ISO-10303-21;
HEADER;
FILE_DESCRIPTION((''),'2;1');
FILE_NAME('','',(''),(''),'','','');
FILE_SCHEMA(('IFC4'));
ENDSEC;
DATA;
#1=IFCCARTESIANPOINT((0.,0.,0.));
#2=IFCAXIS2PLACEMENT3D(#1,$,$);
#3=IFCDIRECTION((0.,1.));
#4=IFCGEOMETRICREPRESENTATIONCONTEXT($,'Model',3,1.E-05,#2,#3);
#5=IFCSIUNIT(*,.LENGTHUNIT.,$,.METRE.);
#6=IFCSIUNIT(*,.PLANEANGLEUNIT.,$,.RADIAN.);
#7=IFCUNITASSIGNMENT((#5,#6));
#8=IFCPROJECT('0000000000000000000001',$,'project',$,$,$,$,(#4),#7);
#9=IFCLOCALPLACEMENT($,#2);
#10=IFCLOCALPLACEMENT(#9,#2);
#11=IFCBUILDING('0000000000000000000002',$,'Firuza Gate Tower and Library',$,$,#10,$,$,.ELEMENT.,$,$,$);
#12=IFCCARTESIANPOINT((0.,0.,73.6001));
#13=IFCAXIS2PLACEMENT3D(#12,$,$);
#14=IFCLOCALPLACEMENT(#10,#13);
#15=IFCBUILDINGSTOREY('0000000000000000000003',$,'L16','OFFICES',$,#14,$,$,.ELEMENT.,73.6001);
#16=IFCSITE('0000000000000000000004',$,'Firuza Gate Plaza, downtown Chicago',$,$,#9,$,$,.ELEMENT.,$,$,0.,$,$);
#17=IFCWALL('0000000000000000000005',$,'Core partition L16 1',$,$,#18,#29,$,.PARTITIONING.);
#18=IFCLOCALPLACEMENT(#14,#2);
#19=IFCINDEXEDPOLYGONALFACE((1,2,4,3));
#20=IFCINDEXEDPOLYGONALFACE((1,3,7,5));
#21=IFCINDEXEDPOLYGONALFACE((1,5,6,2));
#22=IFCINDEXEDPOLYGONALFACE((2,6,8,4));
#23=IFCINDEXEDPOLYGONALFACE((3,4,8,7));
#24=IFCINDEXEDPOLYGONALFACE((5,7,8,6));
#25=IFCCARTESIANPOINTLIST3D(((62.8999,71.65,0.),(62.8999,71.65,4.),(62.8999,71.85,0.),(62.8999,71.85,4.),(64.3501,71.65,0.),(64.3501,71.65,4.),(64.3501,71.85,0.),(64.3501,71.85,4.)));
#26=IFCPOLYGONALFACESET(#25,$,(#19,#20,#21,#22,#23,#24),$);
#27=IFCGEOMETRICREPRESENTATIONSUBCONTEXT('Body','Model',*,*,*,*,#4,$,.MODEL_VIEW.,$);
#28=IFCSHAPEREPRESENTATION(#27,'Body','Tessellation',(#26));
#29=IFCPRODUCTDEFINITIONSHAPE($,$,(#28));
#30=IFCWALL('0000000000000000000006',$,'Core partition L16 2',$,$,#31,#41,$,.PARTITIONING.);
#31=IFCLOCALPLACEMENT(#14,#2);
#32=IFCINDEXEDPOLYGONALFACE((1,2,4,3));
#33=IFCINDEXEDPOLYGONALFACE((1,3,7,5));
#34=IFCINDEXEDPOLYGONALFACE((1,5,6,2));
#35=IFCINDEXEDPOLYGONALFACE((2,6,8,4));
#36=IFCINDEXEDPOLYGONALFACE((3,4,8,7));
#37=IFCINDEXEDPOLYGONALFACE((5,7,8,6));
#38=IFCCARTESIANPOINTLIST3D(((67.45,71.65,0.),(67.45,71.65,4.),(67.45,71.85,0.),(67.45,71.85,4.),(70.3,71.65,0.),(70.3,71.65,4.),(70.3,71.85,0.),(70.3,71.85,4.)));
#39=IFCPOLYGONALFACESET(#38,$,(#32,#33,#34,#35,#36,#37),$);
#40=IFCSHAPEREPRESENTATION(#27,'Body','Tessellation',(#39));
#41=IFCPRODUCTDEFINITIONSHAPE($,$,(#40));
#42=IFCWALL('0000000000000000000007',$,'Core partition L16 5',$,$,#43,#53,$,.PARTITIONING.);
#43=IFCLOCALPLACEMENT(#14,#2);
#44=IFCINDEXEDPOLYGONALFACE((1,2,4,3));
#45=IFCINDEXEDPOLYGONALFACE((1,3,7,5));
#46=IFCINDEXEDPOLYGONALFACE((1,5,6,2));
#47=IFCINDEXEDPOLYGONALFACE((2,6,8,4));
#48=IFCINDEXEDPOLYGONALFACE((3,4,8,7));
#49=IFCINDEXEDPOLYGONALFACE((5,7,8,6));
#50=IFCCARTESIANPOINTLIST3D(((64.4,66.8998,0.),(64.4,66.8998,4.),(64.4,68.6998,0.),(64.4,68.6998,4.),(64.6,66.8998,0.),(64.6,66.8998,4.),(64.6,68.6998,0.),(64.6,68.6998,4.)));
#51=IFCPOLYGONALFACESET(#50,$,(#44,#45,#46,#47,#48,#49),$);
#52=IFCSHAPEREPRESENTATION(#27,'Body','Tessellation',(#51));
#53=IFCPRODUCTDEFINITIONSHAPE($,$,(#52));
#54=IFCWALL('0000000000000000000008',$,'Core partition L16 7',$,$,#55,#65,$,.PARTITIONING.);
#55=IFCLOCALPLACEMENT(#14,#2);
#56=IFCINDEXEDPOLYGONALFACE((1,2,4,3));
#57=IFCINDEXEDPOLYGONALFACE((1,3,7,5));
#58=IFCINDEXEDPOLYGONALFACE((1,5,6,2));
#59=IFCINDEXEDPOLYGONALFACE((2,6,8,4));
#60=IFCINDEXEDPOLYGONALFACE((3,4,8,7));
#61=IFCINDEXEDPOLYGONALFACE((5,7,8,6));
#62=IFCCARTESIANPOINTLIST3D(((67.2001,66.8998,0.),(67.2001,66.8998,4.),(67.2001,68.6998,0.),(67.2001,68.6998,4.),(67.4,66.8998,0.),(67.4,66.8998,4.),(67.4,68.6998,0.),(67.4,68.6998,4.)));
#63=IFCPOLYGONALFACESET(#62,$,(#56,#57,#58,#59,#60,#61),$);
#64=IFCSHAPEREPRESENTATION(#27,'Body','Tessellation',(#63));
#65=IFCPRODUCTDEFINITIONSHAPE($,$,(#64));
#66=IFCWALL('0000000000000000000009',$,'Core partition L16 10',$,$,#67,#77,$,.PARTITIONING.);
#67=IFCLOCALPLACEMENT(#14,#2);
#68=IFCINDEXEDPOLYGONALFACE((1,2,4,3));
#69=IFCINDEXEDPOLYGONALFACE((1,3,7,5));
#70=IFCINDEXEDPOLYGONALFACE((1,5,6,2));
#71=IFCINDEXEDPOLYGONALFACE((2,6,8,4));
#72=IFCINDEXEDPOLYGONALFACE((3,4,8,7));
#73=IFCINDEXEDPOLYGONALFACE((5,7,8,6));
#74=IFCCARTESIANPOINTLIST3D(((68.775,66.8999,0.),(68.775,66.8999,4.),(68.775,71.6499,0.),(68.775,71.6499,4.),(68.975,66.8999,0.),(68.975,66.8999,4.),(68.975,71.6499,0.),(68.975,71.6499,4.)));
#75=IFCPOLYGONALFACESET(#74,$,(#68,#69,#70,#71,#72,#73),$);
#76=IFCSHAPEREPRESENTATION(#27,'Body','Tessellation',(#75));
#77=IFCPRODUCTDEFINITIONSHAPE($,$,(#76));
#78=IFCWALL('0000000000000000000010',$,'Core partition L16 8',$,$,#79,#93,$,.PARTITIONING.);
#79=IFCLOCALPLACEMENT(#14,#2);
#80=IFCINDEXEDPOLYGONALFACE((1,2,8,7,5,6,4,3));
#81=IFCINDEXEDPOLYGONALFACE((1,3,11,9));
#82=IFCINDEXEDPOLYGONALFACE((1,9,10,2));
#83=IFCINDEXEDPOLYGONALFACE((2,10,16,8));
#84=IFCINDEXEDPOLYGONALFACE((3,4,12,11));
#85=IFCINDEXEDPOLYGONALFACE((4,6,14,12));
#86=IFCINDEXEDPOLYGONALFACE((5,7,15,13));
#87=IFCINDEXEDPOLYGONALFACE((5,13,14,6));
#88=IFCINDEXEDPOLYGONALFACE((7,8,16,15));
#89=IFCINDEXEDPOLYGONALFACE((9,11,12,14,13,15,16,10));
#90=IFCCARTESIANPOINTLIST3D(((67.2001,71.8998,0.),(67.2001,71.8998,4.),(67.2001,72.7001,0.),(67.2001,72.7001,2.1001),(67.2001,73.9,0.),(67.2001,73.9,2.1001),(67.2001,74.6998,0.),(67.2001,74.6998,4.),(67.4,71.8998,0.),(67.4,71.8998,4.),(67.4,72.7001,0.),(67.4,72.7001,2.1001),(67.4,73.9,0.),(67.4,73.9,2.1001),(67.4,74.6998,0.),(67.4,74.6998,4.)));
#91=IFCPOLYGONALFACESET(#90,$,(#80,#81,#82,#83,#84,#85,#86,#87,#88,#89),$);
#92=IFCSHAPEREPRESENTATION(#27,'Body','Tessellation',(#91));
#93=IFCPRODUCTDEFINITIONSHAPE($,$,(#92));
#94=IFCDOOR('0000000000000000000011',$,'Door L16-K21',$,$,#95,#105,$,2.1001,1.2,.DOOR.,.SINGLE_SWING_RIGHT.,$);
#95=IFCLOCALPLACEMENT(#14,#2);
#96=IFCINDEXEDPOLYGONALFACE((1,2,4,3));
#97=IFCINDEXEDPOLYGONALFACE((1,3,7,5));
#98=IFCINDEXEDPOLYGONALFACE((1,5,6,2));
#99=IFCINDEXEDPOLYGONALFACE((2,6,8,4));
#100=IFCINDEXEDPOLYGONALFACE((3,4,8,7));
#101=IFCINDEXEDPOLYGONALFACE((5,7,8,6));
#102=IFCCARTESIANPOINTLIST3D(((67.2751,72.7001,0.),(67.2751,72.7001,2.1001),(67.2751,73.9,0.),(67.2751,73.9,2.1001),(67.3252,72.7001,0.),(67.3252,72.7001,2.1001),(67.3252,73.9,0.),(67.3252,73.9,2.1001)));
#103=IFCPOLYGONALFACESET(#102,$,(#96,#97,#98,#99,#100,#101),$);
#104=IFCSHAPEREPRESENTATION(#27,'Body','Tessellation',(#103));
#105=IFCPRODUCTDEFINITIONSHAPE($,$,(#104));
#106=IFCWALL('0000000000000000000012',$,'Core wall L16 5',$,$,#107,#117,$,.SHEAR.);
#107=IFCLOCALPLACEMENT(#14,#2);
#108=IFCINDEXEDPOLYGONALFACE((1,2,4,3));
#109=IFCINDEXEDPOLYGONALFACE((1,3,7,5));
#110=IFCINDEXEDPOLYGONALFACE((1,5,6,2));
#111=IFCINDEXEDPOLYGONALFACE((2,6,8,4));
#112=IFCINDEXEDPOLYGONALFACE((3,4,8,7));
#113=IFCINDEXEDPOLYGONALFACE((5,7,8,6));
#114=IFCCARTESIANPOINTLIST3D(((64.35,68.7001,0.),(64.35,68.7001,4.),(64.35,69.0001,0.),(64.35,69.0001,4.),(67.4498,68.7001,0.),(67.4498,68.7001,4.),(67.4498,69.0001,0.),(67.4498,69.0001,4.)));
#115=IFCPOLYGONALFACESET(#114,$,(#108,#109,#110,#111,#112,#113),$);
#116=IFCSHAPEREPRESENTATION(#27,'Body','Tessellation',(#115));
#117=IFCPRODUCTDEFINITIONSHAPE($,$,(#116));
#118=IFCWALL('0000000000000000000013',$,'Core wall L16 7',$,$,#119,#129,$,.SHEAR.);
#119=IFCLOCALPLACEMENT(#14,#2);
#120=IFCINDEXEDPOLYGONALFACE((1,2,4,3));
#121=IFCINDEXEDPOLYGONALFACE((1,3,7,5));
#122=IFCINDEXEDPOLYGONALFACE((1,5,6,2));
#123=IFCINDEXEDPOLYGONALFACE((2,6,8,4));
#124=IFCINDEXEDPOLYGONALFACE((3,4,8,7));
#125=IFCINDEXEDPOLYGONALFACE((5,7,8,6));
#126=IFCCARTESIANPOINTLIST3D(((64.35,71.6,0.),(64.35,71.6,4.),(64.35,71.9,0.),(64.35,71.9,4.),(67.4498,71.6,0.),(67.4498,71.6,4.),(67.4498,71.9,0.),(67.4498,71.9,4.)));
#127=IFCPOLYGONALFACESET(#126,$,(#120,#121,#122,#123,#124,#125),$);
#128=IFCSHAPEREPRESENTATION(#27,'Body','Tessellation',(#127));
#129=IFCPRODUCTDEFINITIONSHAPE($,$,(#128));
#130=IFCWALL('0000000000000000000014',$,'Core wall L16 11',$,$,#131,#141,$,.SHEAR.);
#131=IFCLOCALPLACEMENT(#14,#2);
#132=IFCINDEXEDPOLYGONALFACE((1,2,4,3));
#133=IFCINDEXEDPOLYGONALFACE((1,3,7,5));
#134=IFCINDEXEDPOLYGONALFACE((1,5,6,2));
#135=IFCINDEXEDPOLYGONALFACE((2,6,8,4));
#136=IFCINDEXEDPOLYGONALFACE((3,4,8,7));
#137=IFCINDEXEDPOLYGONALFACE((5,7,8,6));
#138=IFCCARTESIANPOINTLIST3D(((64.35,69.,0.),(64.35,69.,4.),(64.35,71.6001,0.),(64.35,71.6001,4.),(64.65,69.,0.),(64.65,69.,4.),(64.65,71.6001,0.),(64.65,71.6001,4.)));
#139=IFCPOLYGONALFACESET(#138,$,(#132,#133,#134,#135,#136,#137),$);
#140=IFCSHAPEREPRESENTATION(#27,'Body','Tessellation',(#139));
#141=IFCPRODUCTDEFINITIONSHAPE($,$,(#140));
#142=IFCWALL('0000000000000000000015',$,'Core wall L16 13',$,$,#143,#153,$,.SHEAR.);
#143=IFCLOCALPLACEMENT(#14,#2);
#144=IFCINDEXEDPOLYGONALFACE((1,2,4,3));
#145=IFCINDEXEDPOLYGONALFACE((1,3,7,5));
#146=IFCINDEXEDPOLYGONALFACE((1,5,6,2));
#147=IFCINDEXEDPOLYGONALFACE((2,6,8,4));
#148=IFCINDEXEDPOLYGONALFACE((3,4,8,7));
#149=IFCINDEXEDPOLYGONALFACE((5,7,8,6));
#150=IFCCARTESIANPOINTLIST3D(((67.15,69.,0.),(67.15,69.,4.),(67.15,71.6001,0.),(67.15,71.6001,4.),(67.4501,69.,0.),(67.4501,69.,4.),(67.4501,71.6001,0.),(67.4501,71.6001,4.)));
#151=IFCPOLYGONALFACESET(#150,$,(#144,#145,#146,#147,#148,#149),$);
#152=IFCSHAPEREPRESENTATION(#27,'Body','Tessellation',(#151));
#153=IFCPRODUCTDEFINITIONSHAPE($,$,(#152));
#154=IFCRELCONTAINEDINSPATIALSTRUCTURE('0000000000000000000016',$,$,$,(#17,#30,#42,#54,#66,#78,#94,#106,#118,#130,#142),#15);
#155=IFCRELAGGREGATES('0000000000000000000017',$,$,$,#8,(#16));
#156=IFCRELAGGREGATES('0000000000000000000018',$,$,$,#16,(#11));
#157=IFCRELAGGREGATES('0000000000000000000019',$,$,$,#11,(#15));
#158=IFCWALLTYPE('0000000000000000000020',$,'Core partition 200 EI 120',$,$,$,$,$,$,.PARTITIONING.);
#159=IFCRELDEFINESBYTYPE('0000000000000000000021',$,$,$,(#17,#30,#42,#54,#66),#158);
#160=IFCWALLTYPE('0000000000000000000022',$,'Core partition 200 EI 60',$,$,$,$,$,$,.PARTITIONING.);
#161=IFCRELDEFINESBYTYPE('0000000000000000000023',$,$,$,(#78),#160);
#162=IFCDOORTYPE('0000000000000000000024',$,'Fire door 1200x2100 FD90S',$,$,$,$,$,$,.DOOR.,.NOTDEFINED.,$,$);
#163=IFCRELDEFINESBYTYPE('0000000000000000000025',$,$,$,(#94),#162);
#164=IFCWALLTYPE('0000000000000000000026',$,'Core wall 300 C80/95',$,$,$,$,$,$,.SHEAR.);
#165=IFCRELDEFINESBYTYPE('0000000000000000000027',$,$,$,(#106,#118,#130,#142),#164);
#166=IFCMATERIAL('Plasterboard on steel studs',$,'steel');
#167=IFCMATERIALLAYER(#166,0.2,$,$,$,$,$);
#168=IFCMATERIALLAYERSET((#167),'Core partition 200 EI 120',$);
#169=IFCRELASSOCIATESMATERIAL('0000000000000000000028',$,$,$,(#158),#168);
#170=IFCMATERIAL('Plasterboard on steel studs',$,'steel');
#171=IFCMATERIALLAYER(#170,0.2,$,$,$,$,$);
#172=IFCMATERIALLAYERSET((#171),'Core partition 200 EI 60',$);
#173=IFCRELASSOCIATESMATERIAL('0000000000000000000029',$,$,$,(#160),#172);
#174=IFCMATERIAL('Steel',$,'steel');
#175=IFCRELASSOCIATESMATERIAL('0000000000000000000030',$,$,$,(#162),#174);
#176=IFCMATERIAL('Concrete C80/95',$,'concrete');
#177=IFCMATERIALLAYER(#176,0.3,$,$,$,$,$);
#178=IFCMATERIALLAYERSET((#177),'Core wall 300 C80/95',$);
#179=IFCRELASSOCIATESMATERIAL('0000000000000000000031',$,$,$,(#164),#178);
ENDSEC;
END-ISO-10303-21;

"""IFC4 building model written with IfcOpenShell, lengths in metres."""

from ifc_helpers import new_model, si_unit, direction, frame, frame_2d, origin, place, context, subcontext, project, spatial, rectangle, extrude, material, layer, layer_set, type_object, element, fill, save


model = new_model("IFC4")

# Units and contexts
model_context = context("Model", 3, precision=1e-05, world=origin(), true_north=direction((0.0, 1.0)))
body_context = subcontext(model_context, "Body", "Model", "MODEL_VIEW")
ifc_project = project(units=[si_unit("LENGTHUNIT", "METRE"), si_unit("PLANEANGLEUNIT", "RADIAN")], contexts=[model_context])

# Site, building, storey
site_placement = place(None, origin())
site = spatial("IfcSite", under=ifc_project, at=site_placement, Name="Firuza Gate Plaza, downtown Chicago", CompositionType="ELEMENT", RefElevation=0.0)
building_placement = place(site_placement, origin())
building = spatial("IfcBuilding", under=site, at=building_placement, Name="Firuza Gate Tower and Library", CompositionType="ELEMENT")
storey_placement = place(building_placement, frame((0.0, 0.0, 73.6001)))
storey = spatial("IfcBuildingStorey", under=building, at=storey_placement, Name="L16", Description="OFFICES", CompositionType="ELEMENT", Elevation=73.6001)

# Walls
ifc_material_1 = material(Name="Plasterboard on steel studs", Category="steel")
ifc_layer_1 = layer(ifc_material_1, 0.2)
ifc_layer_set_1 = layer_set([ifc_layer_1], Name="Core partition 200 EI 120")
wall_type_1 = type_object("IfcWallType", Name="Core partition 200 EI 120", PredefinedType="PARTITIONING", material=ifc_layer_set_1)
wall_1_placement = place(storey_placement, frame((62.8999, 71.75, 0.0), z_axis=(0.0, 0.0, 1.0), x_axis=(1.0, 0.0, 0.0)))
element("IfcWall", 1, at=wall_1_placement, inside=storey, type_object=wall_type_1, Name="Core partition L16 1", PredefinedType="PARTITIONING", context=body_context, shape_type="SweptSolid", body=[
    extrude(rectangle(XDim=1.4502, YDim=0.2, at=frame_2d((0.7251, 0.0))), origin(), (0.0, 0.0, 1.0), 4.0),
])
wall_2_placement = place(storey_placement, frame((67.45, 71.75, 0.0), z_axis=(0.0, 0.0, 1.0), x_axis=(1.0, 0.0, 0.0)))
element("IfcWall", 2, at=wall_2_placement, inside=storey, type_object=wall_type_1, Name="Core partition L16 2", PredefinedType="PARTITIONING", context=body_context, shape_type="SweptSolid", body=[
    extrude(rectangle(XDim=2.8501, YDim=0.2, at=frame_2d((1.425, 0.0))), origin(), (0.0, 0.0, 1.0), 4.0),
])
for number, where, z_axis, x_axis, name in (
    (3, (64.5, 66.8999, 0.0), (0.0, 0.0, 1.0), (0.0, 1.0, 0.0), "Core partition L16 5"),
    (4, (67.3, 66.8999, 0.0), (0.0, 0.0, 1.0), (0.0, 1.0, 0.0), "Core partition L16 7"),
):
    element("IfcWall", number, at=place(storey_placement, frame(where, z_axis=z_axis, x_axis=x_axis)), inside=storey, type_object=wall_type_1, Name=name, PredefinedType="PARTITIONING", context=body_context, shape_type="SweptSolid", body=[
        extrude(rectangle(XDim=1.8, YDim=0.2, at=frame_2d((0.8999, 0.0))), origin(), (0.0, 0.0, 1.0), 4.0),
    ])
wall_3_placement = place(storey_placement, frame((68.875, 66.8999, 0.0), z_axis=(0.0, 0.0, 1.0), x_axis=(0.0, 1.0, 0.0)))
element("IfcWall", 5, at=wall_3_placement, inside=storey, type_object=wall_type_1, Name="Core partition L16 10", PredefinedType="PARTITIONING", context=body_context, shape_type="SweptSolid", body=[
    extrude(rectangle(XDim=4.75, YDim=0.2, at=frame_2d((2.375, 0.0))), origin(), (0.0, 0.0, 1.0), 4.0),
])

# Wall, opening, door
ifc_material_2 = material(Name="Plasterboard on steel studs", Category="steel")
ifc_layer_2 = layer(ifc_material_2, 0.2)
ifc_layer_set_2 = layer_set([ifc_layer_2], Name="Core partition 200 EI 60")
wall_type_2 = type_object("IfcWallType", Name="Core partition 200 EI 60", PredefinedType="PARTITIONING", material=ifc_layer_set_2)
wall_4_placement = place(storey_placement, frame((67.3, 71.8999, 0.0), z_axis=(0.0, 0.0, 1.0), x_axis=(0.0, 1.0, 0.0)))
wall_4 = element("IfcWall", 6, at=wall_4_placement, inside=storey, type_object=wall_type_2, Name="Core partition L16 8", PredefinedType="PARTITIONING", context=body_context, shape_type="SweptSolid", body=[
    extrude(rectangle(XDim=2.8, YDim=0.2, at=frame_2d((1.3999, 0.0))), origin(), (0.0, 0.0, 1.0), 4.0),
])
opening_1_placement = place(wall_4_placement, frame((0.8, 0.0, 0.0)))
opening_1 = element("IfcOpeningElement", 7, at=opening_1_placement, cuts=wall_4, PredefinedType="OPENING", context=body_context, shape_type="SweptSolid", body=[
    extrude(rectangle(XDim=1.2, YDim=2.1001, at=frame_2d((0.6001, 1.05))), frame((0.0, 0.1099, 0.0), z_axis=(0.0, -1.0, 0.0), x_axis=(1.0, 0.0, 0.0)), (0.0, 0.0, 1.0), 0.22),
])
ifc_material_3 = material(Name="Steel", Category="steel")
door_type_1 = type_object("IfcDoorType", Name="Fire door 1200x2100 FD90S", OperationType="NOTDEFINED", PredefinedType="DOOR", material=ifc_material_3)
door_1_placement = place(opening_1_placement, origin())
door_1 = element("IfcDoor", 8, at=door_1_placement, inside=storey, type_object=door_type_1, Name="Door L16-K21", OperationType="SINGLE_SWING_RIGHT", OverallHeight=2.1001, OverallWidth=1.2, PredefinedType="DOOR", context=body_context, shape_type="SweptSolid", body=[
    extrude(rectangle(XDim=1.2, YDim=2.1001, at=frame_2d((0.6001, 1.05))), frame((0.0, 0.0249, 0.0), z_axis=(0.0, -1.0, 0.0), x_axis=(1.0, 0.0, 0.0)), (0.0, 0.0, 1.0), 0.05),
])
fill(opening_1, door_1)

# Walls
ifc_material_4 = material(Name="Concrete C80/95", Category="concrete")
ifc_layer_3 = layer(ifc_material_4, 0.3)
ifc_layer_set_3 = layer_set([ifc_layer_3], Name="Core wall 300 C80/95")
wall_type_3 = type_object("IfcWallType", Name="Core wall 300 C80/95", PredefinedType="SHEAR", material=ifc_layer_set_3)
for number, where, z_axis, x_axis, name in (
    (9, (64.3501, 68.8501, 0.0), (0.0, 0.0, 1.0), (1.0, 0.0, 0.0), "Core wall L16 5"),
    (10, (64.3501, 71.75, 0.0), (0.0, 0.0, 1.0), (1.0, 0.0, 0.0), "Core wall L16 7"),
):
    element("IfcWall", number, at=place(storey_placement, frame(where, z_axis=z_axis, x_axis=x_axis)), inside=storey, type_object=wall_type_3, Name=name, PredefinedType="SHEAR", context=body_context, shape_type="SweptSolid", body=[
        extrude(rectangle(XDim=3.0999, YDim=0.3, at=frame_2d((1.5498, 0.0))), origin(), (0.0, 0.0, 1.0), 4.0),
    ])
for number, where, z_axis, x_axis, name in (
    (11, (64.5, 69.0, 0.0), (0.0, 0.0, 1.0), (0.0, 1.0, 0.0), "Core wall L16 11"),
    (12, (67.3, 69.0, 0.0), (0.0, 0.0, 1.0), (0.0, 1.0, 0.0), "Core wall L16 13"),
):
    element("IfcWall", number, at=place(storey_placement, frame(where, z_axis=z_axis, x_axis=x_axis)), inside=storey, type_object=wall_type_3, Name=name, PredefinedType="SHEAR", context=body_context, shape_type="SweptSolid", body=[
        extrude(rectangle(XDim=2.6001, YDim=0.3, at=frame_2d((1.3, 0.0))), origin(), (0.0, 0.0, 1.0), 4.0),
    ])

save(model, "model.ifc")
